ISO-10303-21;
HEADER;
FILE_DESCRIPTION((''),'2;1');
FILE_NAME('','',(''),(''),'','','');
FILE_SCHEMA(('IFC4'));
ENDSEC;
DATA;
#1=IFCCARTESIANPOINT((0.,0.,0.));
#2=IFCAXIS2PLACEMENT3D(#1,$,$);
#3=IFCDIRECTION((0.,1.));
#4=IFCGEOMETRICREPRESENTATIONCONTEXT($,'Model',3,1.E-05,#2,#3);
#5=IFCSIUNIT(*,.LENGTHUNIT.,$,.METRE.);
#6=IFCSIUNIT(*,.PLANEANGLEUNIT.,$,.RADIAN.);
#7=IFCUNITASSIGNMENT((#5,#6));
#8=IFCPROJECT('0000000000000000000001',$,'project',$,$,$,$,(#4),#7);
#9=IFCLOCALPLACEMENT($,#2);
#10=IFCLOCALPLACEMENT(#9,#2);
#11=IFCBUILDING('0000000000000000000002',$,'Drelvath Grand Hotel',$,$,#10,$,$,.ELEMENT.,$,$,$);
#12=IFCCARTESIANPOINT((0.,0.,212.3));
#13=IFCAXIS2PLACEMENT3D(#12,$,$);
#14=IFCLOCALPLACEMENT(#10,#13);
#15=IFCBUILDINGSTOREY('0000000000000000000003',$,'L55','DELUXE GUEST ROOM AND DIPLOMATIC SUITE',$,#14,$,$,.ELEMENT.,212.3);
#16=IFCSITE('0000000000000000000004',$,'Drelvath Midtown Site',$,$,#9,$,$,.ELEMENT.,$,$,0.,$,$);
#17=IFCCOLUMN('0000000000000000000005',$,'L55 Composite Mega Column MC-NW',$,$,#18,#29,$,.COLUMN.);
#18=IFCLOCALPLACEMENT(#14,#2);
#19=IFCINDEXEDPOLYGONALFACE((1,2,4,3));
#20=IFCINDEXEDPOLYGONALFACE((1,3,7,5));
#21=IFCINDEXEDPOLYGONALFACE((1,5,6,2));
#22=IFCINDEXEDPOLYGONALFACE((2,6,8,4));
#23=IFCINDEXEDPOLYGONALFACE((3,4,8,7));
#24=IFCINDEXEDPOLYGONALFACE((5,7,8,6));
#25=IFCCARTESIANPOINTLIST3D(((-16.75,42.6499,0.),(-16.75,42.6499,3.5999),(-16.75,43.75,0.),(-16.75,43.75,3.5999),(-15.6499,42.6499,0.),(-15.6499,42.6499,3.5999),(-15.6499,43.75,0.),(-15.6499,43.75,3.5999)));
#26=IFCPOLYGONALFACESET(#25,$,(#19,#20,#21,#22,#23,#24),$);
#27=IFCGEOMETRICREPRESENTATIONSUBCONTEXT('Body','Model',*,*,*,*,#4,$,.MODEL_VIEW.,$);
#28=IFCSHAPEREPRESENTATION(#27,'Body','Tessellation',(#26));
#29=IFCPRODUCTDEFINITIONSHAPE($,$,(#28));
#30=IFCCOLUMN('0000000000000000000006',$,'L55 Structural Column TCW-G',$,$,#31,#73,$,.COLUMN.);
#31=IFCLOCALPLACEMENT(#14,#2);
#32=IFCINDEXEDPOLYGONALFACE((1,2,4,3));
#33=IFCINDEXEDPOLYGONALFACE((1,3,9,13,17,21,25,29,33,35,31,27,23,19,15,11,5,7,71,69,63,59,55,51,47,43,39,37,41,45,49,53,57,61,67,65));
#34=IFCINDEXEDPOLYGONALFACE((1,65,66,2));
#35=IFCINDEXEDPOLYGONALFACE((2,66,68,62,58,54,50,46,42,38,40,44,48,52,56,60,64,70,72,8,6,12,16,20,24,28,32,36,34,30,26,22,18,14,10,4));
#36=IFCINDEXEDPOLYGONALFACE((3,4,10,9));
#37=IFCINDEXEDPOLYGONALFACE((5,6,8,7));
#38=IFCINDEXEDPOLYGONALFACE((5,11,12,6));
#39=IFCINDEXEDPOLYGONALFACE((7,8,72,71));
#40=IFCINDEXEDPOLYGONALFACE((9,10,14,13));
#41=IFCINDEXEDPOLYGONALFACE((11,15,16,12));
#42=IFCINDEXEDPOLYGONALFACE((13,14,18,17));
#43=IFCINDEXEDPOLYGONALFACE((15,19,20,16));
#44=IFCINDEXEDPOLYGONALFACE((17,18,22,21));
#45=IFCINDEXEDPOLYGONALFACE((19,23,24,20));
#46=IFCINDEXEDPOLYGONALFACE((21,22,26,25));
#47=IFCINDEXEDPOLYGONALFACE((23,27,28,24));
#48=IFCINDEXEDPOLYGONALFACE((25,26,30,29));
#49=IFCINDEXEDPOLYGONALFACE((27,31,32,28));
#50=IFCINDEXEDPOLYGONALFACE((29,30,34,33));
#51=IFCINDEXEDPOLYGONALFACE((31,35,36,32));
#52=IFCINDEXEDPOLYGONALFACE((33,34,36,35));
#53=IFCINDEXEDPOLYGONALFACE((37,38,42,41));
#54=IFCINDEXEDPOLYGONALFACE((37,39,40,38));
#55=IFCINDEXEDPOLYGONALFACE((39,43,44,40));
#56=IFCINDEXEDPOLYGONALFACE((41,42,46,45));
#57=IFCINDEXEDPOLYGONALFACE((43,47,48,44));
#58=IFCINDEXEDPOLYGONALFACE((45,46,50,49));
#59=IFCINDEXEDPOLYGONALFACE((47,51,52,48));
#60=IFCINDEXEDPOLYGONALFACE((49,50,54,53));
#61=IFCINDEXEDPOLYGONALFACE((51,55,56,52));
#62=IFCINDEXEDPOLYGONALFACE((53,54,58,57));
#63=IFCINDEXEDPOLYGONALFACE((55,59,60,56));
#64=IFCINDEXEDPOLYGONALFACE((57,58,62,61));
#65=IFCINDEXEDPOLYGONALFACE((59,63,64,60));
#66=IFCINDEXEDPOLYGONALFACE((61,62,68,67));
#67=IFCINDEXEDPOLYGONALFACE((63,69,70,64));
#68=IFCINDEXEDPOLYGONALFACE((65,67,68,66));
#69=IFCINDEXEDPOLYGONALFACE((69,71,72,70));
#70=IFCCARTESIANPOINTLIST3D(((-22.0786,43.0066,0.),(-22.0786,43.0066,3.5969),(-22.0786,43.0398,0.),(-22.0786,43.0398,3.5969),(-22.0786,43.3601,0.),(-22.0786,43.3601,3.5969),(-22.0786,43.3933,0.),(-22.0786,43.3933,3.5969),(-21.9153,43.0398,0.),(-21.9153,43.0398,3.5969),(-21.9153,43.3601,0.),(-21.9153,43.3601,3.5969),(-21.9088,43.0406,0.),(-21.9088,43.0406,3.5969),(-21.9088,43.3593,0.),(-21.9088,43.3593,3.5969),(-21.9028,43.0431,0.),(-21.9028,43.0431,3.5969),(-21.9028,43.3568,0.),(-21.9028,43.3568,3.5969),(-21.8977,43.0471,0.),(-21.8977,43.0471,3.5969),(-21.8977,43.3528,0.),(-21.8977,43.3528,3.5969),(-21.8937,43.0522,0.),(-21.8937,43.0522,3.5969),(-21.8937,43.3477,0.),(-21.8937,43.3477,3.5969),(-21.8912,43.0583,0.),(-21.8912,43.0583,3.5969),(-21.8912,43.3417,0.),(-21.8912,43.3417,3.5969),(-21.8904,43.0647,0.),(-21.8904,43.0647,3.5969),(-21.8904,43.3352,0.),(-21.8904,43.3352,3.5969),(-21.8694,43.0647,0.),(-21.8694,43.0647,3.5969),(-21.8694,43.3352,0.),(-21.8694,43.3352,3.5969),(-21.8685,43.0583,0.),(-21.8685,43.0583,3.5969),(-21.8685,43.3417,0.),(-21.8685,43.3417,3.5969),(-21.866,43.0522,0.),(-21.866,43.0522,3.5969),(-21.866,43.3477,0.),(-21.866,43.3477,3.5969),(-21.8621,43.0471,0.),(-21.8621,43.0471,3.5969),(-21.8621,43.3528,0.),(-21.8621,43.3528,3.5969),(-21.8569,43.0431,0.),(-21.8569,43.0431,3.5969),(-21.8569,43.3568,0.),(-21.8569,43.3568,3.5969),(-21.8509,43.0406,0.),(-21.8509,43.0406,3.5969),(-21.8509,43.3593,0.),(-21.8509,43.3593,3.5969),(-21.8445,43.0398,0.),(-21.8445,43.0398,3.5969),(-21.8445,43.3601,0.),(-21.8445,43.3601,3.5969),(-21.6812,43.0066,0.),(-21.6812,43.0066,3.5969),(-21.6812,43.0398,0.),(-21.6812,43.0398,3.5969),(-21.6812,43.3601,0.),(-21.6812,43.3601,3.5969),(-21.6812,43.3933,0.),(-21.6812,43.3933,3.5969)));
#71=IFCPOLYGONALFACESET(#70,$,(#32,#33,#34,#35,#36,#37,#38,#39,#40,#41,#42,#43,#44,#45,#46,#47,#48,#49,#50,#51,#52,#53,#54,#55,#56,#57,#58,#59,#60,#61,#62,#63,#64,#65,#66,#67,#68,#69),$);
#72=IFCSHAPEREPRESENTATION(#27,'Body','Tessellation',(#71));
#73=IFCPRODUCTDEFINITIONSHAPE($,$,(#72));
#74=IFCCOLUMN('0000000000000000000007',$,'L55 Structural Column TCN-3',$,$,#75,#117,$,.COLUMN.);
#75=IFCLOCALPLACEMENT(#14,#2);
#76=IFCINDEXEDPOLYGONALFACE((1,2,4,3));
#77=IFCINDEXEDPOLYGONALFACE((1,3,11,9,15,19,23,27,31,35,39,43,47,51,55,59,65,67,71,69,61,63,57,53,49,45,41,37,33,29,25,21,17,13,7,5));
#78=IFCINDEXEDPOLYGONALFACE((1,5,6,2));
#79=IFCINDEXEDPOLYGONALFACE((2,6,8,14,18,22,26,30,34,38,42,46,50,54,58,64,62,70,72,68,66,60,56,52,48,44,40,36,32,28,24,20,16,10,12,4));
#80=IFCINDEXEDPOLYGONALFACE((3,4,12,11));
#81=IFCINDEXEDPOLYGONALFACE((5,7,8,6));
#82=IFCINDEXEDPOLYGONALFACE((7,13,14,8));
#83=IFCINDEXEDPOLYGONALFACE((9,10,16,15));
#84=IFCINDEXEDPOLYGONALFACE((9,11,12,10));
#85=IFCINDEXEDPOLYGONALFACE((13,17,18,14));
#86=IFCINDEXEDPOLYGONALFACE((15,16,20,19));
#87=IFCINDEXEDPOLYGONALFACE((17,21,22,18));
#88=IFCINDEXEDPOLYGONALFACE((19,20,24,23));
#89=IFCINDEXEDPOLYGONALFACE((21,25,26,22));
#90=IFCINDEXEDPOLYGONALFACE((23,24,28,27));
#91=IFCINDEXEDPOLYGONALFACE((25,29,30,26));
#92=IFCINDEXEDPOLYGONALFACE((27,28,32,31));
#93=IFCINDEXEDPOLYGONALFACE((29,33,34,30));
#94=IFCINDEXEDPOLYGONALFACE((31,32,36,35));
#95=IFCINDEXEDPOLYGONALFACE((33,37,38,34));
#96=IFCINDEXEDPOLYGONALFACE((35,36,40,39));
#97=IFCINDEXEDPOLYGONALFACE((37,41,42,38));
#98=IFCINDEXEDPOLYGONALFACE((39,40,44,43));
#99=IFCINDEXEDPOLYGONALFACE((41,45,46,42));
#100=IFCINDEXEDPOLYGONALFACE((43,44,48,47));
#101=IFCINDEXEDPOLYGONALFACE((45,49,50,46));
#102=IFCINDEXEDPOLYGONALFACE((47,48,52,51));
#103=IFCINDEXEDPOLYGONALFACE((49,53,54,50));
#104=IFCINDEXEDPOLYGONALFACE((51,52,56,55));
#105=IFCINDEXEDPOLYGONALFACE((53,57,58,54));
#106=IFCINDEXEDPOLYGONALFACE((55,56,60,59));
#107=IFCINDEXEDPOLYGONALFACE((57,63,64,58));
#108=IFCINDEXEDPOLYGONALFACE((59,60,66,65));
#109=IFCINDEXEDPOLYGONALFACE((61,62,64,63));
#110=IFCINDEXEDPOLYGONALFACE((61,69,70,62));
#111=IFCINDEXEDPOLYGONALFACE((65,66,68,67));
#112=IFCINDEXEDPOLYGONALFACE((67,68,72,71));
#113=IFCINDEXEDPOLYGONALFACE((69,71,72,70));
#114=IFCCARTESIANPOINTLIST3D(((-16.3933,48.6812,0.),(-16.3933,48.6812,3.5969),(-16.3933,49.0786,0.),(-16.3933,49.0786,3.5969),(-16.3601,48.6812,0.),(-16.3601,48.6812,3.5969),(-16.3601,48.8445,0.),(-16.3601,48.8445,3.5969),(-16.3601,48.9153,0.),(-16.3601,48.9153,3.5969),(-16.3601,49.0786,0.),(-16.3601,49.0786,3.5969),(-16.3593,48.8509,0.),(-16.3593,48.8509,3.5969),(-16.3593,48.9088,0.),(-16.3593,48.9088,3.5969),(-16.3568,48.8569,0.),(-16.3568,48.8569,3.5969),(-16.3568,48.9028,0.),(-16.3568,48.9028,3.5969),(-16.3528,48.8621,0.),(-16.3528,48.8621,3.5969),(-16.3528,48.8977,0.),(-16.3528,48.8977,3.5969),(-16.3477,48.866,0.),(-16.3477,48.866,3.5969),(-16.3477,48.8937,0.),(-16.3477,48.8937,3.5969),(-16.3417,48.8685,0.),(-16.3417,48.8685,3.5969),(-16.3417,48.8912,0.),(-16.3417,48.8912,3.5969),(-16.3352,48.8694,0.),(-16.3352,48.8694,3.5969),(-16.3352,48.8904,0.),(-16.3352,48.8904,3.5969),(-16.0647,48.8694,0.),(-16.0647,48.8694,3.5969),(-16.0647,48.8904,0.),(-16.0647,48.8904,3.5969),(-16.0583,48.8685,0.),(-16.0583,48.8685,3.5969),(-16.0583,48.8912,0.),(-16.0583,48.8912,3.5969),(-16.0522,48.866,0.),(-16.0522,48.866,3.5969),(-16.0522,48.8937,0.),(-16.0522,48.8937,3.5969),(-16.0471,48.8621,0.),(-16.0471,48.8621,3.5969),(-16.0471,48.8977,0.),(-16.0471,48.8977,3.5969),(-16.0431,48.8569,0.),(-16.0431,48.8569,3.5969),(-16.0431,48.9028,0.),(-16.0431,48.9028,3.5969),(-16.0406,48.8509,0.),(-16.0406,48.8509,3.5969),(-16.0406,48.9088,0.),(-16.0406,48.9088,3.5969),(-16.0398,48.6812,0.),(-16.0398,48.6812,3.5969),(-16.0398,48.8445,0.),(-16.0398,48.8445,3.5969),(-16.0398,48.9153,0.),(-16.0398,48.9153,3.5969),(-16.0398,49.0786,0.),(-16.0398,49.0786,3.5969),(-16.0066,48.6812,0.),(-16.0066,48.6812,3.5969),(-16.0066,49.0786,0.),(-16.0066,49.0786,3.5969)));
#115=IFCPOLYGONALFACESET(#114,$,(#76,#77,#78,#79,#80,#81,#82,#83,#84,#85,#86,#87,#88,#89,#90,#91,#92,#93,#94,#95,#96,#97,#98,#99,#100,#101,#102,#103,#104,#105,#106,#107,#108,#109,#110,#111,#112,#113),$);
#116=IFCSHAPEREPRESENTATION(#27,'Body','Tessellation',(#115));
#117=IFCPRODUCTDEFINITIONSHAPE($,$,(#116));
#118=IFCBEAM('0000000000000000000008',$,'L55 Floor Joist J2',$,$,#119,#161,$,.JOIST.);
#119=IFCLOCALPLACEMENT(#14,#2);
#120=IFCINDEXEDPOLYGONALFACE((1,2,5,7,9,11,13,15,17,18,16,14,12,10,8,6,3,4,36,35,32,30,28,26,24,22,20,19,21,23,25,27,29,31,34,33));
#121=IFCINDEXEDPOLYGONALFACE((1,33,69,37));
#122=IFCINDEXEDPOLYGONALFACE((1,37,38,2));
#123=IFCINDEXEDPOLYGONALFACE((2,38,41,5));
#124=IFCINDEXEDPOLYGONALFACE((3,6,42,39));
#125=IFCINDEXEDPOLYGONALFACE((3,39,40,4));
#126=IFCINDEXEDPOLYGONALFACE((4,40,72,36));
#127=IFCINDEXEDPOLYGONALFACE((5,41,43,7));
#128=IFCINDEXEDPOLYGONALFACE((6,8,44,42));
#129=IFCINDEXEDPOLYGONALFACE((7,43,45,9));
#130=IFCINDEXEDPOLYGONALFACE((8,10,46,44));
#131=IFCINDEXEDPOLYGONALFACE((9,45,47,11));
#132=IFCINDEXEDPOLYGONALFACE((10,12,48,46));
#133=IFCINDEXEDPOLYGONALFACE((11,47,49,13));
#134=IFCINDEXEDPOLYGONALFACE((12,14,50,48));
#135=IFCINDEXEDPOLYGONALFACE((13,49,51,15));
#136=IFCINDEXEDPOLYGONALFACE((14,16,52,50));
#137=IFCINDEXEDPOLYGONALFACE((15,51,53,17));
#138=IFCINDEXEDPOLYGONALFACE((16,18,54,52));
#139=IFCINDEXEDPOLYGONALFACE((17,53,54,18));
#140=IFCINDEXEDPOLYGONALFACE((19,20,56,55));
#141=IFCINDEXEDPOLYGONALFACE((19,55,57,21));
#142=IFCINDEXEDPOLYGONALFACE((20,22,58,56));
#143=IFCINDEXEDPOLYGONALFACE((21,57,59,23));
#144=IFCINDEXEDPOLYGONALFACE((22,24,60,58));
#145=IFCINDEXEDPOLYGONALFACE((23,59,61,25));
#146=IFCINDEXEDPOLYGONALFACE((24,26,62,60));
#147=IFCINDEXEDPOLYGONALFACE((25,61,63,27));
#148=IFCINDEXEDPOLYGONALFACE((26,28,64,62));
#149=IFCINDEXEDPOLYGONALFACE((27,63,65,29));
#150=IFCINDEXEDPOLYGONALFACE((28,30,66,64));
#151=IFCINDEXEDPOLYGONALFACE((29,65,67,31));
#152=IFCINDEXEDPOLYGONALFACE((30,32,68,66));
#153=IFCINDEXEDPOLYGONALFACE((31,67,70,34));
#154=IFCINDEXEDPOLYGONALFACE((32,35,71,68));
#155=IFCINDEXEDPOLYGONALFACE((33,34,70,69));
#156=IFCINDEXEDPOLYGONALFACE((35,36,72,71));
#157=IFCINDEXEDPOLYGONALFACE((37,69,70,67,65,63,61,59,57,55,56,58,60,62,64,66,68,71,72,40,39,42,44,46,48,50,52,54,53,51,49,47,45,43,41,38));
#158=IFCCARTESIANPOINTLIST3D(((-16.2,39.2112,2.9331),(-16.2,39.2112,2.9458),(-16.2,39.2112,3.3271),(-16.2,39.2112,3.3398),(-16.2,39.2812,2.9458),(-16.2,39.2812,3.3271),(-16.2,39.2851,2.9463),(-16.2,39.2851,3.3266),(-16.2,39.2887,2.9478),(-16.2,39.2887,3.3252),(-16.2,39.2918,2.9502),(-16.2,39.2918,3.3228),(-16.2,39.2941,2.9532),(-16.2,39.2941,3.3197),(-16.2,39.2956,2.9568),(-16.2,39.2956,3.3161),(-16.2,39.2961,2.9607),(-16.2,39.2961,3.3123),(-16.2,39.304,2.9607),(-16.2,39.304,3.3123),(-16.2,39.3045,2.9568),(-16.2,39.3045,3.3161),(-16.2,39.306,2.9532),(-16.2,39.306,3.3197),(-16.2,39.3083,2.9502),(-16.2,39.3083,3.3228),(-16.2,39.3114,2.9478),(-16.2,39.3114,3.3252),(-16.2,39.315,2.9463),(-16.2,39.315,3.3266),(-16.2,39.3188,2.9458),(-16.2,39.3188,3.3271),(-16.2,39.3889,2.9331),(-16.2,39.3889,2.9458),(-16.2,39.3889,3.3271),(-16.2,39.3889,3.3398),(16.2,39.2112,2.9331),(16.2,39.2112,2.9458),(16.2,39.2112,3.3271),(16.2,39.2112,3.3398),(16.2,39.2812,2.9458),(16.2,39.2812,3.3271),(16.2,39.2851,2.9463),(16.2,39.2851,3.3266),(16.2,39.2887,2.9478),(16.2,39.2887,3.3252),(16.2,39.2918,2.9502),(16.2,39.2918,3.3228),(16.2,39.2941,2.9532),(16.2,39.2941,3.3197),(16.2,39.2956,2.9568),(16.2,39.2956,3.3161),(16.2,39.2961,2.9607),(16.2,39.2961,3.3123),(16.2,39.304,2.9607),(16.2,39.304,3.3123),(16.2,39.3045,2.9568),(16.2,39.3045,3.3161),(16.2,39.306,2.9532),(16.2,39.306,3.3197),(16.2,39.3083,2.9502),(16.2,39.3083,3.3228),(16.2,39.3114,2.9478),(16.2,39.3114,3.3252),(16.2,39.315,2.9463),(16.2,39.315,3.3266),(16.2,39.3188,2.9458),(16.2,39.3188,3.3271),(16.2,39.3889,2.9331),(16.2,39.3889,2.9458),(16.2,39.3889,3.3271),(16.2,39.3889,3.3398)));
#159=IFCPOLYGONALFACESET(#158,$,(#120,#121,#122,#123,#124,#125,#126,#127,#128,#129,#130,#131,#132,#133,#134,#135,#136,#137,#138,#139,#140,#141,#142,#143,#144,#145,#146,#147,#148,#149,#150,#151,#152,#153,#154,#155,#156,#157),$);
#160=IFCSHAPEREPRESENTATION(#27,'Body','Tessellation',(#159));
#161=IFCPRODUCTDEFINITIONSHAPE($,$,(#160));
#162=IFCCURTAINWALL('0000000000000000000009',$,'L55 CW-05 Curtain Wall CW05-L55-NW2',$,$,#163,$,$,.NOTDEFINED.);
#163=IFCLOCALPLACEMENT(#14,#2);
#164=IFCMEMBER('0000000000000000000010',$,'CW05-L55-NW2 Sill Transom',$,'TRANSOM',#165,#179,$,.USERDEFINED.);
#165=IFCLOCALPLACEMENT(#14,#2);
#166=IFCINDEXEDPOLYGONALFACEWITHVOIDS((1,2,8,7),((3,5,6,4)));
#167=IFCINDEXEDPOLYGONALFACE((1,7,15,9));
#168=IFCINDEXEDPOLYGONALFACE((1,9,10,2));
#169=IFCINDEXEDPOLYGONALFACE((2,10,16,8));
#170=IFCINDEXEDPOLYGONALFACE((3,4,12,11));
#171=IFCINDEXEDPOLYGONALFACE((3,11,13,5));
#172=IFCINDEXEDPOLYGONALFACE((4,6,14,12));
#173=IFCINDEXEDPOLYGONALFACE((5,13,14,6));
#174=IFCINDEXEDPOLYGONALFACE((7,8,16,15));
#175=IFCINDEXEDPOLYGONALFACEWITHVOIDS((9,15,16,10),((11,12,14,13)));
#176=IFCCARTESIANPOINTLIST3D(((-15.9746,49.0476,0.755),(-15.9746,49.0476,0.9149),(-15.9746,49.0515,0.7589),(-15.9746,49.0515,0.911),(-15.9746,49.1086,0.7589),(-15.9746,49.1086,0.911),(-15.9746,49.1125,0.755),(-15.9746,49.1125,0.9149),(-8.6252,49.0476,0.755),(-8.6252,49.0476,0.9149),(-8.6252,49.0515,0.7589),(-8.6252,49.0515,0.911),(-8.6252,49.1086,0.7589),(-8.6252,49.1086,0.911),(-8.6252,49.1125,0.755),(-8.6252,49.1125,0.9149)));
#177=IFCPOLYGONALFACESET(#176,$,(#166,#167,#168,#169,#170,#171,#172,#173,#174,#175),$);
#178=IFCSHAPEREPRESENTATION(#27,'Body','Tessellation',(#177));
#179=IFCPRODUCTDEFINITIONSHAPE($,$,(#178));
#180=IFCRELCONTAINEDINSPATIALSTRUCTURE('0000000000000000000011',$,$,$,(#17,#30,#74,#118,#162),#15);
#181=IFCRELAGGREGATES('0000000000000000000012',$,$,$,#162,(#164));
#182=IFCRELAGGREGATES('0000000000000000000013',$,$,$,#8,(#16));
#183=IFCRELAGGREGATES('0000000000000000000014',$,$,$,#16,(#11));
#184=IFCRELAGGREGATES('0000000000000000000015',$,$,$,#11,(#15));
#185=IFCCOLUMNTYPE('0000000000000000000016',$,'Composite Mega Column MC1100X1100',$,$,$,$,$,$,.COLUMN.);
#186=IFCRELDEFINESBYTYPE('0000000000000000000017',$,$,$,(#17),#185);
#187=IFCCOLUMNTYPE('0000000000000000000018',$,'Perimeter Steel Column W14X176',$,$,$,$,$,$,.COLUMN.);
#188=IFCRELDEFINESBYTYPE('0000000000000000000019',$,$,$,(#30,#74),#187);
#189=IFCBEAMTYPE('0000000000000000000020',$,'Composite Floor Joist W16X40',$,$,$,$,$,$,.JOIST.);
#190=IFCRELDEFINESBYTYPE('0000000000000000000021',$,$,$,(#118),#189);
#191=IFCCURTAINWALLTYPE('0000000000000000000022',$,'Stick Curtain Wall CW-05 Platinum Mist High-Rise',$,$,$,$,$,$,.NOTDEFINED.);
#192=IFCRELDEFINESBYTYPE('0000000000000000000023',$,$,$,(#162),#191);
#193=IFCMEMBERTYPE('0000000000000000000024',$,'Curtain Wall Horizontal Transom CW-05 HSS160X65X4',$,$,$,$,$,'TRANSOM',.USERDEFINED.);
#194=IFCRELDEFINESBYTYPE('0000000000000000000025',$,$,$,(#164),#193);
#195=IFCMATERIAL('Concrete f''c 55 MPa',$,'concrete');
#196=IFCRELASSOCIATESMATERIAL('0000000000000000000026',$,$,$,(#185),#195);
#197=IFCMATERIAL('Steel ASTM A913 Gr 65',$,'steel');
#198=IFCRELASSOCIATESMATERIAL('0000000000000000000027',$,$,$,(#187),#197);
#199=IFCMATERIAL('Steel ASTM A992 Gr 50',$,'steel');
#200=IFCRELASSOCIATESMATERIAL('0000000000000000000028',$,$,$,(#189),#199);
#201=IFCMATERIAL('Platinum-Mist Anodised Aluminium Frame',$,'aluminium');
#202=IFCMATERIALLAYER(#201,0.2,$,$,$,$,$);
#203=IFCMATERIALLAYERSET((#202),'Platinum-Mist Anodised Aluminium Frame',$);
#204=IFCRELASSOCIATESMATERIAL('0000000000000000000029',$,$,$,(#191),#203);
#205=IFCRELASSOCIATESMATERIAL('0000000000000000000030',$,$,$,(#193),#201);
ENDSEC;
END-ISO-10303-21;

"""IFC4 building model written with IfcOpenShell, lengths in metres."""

from ifc_helpers import new_model, si_unit, direction, frame, origin, origin_2d, place, context, subcontext, project, spatial, rectangle, hollow_rectangle, i_section, extrude, material, layer, layer_set, material_profile, profile_set, type_object, element, aggregate, save


model = new_model("IFC4")

# Units and contexts
model_context = context("Model", 3, precision=1e-05, world=origin(), true_north=direction((0.0, 1.0)))
body_context = subcontext(model_context, "Body", "Model", "MODEL_VIEW")
ifc_project = project(units=[si_unit("LENGTHUNIT", "METRE"), si_unit("PLANEANGLEUNIT", "RADIAN")], contexts=[model_context])

# Site, building, storey
site_placement = place(None, origin())
site = spatial("IfcSite", under=ifc_project, at=site_placement, Name="Drelvath Midtown Site", CompositionType="ELEMENT", RefElevation=0.0)
building_placement = place(site_placement, origin())
building = spatial("IfcBuilding", under=site, at=building_placement, Name="Drelvath Grand Hotel", CompositionType="ELEMENT")
storey_placement = place(building_placement, frame((0.0, 0.0, 212.3)))
storey = spatial("IfcBuildingStorey", under=building, at=storey_placement, Name="L55", Description="DELUXE GUEST ROOM AND DIPLOMATIC SUITE", CompositionType="ELEMENT", Elevation=212.3)

# Columns
ifc_material_1 = material(Name="Concrete f'c 55 MPa", Category="concrete")
ifc_material_profile_1 = material_profile(ifc_material_1, rectangle(XDim=1.1001, YDim=1.1001, at=origin_2d()), Name="MC1100X1100")
ifc_profile_set_1 = profile_set([ifc_material_profile_1], Name="Concrete f'c 55 MPa")
column_type_1 = type_object("IfcColumnType", Name="Composite Mega Column MC1100X1100", PredefinedType="COLUMN", material=ifc_profile_set_1)
column_placement = place(storey_placement, frame((-16.2, 43.2, 0.0), z_axis=(0.0, 0.0, 1.0), x_axis=(1.0, 0.0, 0.0)))
element("IfcColumn", 1, at=column_placement, inside=storey, type_object=column_type_1, Name="L55 Composite Mega Column MC-NW", PredefinedType="COLUMN", context=body_context, shape_type="SweptSolid", body=[
    extrude(rectangle(XDim=1.1001, YDim=1.1001, at=origin_2d()), origin(), (0.0, 0.0, 1.0), 3.5999),
])
ifc_material_2 = material(Name="Steel ASTM A913 Gr 65", Category="steel")
ifc_material_profile_2 = material_profile(ifc_material_2, i_section(OverallWidth=0.3975, OverallDepth=0.3867, WebThickness=0.021, FlangeThickness=0.0332, FilletRadius=0.0249, at=origin_2d()), Name="W14X176")
ifc_profile_set_2 = profile_set([ifc_material_profile_2], Name="Steel ASTM A913 Gr 65")
column_type_2 = type_object("IfcColumnType", Name="Perimeter Steel Column W14X176", PredefinedType="COLUMN", material=ifc_profile_set_2)
for number, where, z_axis, x_axis, name in (
    (2, (-21.8799, 43.2, 0.0), (0.0, 0.0, 1.0), (1.0, 0.0, 0.0), "L55 Structural Column TCW-G"),
    (3, (-16.2, 48.8799, 0.0), (0.0, 0.0, 1.0), (0.0, 1.0, 0.0), "L55 Structural Column TCN-3"),
):
    element("IfcColumn", number, at=place(storey_placement, frame(where, z_axis=z_axis, x_axis=x_axis)), inside=storey, type_object=column_type_2, Name=name, PredefinedType="COLUMN", context=body_context, shape_type="SweptSolid", body=[
        extrude(i_section(OverallWidth=0.3975, OverallDepth=0.3867, WebThickness=0.021, FlangeThickness=0.0332, FilletRadius=0.0249, at=origin_2d()), origin(), (0.0, 0.0, 1.0), 3.5969),
    ])

# Beam
ifc_material_3 = material(Name="Steel ASTM A992 Gr 50", Category="steel")
ifc_material_profile_3 = material_profile(ifc_material_3, i_section(OverallWidth=0.1777, OverallDepth=0.4067, WebThickness=0.0078, FlangeThickness=0.0127, FilletRadius=0.0149, at=origin_2d()), Name="W16X40")
ifc_profile_set_3 = profile_set([ifc_material_profile_3], Name="Steel ASTM A992 Gr 50")
beam_type_1 = type_object("IfcBeamType", Name="Composite Floor Joist W16X40", PredefinedType="JOIST", material=ifc_profile_set_3)
beam_1_placement = place(storey_placement, frame((-16.2, 39.3, 3.1365), z_axis=(1.0, 0.0, 0.0), x_axis=(0.0, 1.0, 0.0)))
element("IfcBeam", 4, at=beam_1_placement, inside=storey, type_object=beam_type_1, Name="L55 Floor Joist J2", PredefinedType="JOIST", context=body_context, shape_type="SweptSolid", body=[
    extrude(i_section(OverallWidth=0.1777, OverallDepth=0.4067, WebThickness=0.0078, FlangeThickness=0.0127, FilletRadius=0.0149, at=origin_2d()), origin(), (0.0, 0.0, 1.0), 32.3999),
])

# Curtain wall, member
ifc_material_4 = material(Name="Platinum-Mist Anodised Aluminium Frame", Category="aluminium")
ifc_layer_1 = layer(ifc_material_4, 0.2)
ifc_layer_set_1 = layer_set([ifc_layer_1], Name="Platinum-Mist Anodised Aluminium Frame")
curtain_wall_type = type_object("IfcCurtainWallType", Name="Stick Curtain Wall CW-05 Platinum Mist High-Rise", PredefinedType="NOTDEFINED", material=ifc_layer_set_1)
curtain_wall_1_placement = place(storey_placement, origin())
curtain_wall_1 = element("IfcCurtainWall", 5, at=curtain_wall_1_placement, inside=storey, type_object=curtain_wall_type, Name="L55 CW-05 Curtain Wall CW05-L55-NW2", PredefinedType="NOTDEFINED")
ifc_material_profile_4 = material_profile(ifc_material_4, hollow_rectangle(XDim=0.0649, YDim=0.1599, WallThickness=0.0039, at=origin_2d()), Name="HSS160X65X4")
ifc_profile_set_4 = profile_set([ifc_material_profile_4], Name="Platinum-Mist Anodised Aluminium Frame")
member_type_1 = type_object("IfcMemberType", Name="Curtain Wall Horizontal Transom CW-05 HSS160X65X4", ElementType="TRANSOM", PredefinedType="USERDEFINED", material=ifc_profile_set_4)
member_1_placement = place(storey_placement, frame((-15.9746, 49.0801, 0.835), z_axis=(1.0, 0.0, 0.0), x_axis=(0.0, 1.0, 0.0)))
member_1 = element("IfcMember", 6, at=member_1_placement, type_object=member_type_1, Name="CW05-L55-NW2 Sill Transom", ObjectType="TRANSOM", PredefinedType="USERDEFINED", context=body_context, shape_type="SweptSolid", body=[
    extrude(hollow_rectangle(XDim=0.0649, YDim=0.1599, WallThickness=0.0039, at=origin_2d()), origin(), (0.0, 0.0, 1.0), 7.3494),
])

aggregate(curtain_wall_1, [member_1])

save(model, "model.ifc")
